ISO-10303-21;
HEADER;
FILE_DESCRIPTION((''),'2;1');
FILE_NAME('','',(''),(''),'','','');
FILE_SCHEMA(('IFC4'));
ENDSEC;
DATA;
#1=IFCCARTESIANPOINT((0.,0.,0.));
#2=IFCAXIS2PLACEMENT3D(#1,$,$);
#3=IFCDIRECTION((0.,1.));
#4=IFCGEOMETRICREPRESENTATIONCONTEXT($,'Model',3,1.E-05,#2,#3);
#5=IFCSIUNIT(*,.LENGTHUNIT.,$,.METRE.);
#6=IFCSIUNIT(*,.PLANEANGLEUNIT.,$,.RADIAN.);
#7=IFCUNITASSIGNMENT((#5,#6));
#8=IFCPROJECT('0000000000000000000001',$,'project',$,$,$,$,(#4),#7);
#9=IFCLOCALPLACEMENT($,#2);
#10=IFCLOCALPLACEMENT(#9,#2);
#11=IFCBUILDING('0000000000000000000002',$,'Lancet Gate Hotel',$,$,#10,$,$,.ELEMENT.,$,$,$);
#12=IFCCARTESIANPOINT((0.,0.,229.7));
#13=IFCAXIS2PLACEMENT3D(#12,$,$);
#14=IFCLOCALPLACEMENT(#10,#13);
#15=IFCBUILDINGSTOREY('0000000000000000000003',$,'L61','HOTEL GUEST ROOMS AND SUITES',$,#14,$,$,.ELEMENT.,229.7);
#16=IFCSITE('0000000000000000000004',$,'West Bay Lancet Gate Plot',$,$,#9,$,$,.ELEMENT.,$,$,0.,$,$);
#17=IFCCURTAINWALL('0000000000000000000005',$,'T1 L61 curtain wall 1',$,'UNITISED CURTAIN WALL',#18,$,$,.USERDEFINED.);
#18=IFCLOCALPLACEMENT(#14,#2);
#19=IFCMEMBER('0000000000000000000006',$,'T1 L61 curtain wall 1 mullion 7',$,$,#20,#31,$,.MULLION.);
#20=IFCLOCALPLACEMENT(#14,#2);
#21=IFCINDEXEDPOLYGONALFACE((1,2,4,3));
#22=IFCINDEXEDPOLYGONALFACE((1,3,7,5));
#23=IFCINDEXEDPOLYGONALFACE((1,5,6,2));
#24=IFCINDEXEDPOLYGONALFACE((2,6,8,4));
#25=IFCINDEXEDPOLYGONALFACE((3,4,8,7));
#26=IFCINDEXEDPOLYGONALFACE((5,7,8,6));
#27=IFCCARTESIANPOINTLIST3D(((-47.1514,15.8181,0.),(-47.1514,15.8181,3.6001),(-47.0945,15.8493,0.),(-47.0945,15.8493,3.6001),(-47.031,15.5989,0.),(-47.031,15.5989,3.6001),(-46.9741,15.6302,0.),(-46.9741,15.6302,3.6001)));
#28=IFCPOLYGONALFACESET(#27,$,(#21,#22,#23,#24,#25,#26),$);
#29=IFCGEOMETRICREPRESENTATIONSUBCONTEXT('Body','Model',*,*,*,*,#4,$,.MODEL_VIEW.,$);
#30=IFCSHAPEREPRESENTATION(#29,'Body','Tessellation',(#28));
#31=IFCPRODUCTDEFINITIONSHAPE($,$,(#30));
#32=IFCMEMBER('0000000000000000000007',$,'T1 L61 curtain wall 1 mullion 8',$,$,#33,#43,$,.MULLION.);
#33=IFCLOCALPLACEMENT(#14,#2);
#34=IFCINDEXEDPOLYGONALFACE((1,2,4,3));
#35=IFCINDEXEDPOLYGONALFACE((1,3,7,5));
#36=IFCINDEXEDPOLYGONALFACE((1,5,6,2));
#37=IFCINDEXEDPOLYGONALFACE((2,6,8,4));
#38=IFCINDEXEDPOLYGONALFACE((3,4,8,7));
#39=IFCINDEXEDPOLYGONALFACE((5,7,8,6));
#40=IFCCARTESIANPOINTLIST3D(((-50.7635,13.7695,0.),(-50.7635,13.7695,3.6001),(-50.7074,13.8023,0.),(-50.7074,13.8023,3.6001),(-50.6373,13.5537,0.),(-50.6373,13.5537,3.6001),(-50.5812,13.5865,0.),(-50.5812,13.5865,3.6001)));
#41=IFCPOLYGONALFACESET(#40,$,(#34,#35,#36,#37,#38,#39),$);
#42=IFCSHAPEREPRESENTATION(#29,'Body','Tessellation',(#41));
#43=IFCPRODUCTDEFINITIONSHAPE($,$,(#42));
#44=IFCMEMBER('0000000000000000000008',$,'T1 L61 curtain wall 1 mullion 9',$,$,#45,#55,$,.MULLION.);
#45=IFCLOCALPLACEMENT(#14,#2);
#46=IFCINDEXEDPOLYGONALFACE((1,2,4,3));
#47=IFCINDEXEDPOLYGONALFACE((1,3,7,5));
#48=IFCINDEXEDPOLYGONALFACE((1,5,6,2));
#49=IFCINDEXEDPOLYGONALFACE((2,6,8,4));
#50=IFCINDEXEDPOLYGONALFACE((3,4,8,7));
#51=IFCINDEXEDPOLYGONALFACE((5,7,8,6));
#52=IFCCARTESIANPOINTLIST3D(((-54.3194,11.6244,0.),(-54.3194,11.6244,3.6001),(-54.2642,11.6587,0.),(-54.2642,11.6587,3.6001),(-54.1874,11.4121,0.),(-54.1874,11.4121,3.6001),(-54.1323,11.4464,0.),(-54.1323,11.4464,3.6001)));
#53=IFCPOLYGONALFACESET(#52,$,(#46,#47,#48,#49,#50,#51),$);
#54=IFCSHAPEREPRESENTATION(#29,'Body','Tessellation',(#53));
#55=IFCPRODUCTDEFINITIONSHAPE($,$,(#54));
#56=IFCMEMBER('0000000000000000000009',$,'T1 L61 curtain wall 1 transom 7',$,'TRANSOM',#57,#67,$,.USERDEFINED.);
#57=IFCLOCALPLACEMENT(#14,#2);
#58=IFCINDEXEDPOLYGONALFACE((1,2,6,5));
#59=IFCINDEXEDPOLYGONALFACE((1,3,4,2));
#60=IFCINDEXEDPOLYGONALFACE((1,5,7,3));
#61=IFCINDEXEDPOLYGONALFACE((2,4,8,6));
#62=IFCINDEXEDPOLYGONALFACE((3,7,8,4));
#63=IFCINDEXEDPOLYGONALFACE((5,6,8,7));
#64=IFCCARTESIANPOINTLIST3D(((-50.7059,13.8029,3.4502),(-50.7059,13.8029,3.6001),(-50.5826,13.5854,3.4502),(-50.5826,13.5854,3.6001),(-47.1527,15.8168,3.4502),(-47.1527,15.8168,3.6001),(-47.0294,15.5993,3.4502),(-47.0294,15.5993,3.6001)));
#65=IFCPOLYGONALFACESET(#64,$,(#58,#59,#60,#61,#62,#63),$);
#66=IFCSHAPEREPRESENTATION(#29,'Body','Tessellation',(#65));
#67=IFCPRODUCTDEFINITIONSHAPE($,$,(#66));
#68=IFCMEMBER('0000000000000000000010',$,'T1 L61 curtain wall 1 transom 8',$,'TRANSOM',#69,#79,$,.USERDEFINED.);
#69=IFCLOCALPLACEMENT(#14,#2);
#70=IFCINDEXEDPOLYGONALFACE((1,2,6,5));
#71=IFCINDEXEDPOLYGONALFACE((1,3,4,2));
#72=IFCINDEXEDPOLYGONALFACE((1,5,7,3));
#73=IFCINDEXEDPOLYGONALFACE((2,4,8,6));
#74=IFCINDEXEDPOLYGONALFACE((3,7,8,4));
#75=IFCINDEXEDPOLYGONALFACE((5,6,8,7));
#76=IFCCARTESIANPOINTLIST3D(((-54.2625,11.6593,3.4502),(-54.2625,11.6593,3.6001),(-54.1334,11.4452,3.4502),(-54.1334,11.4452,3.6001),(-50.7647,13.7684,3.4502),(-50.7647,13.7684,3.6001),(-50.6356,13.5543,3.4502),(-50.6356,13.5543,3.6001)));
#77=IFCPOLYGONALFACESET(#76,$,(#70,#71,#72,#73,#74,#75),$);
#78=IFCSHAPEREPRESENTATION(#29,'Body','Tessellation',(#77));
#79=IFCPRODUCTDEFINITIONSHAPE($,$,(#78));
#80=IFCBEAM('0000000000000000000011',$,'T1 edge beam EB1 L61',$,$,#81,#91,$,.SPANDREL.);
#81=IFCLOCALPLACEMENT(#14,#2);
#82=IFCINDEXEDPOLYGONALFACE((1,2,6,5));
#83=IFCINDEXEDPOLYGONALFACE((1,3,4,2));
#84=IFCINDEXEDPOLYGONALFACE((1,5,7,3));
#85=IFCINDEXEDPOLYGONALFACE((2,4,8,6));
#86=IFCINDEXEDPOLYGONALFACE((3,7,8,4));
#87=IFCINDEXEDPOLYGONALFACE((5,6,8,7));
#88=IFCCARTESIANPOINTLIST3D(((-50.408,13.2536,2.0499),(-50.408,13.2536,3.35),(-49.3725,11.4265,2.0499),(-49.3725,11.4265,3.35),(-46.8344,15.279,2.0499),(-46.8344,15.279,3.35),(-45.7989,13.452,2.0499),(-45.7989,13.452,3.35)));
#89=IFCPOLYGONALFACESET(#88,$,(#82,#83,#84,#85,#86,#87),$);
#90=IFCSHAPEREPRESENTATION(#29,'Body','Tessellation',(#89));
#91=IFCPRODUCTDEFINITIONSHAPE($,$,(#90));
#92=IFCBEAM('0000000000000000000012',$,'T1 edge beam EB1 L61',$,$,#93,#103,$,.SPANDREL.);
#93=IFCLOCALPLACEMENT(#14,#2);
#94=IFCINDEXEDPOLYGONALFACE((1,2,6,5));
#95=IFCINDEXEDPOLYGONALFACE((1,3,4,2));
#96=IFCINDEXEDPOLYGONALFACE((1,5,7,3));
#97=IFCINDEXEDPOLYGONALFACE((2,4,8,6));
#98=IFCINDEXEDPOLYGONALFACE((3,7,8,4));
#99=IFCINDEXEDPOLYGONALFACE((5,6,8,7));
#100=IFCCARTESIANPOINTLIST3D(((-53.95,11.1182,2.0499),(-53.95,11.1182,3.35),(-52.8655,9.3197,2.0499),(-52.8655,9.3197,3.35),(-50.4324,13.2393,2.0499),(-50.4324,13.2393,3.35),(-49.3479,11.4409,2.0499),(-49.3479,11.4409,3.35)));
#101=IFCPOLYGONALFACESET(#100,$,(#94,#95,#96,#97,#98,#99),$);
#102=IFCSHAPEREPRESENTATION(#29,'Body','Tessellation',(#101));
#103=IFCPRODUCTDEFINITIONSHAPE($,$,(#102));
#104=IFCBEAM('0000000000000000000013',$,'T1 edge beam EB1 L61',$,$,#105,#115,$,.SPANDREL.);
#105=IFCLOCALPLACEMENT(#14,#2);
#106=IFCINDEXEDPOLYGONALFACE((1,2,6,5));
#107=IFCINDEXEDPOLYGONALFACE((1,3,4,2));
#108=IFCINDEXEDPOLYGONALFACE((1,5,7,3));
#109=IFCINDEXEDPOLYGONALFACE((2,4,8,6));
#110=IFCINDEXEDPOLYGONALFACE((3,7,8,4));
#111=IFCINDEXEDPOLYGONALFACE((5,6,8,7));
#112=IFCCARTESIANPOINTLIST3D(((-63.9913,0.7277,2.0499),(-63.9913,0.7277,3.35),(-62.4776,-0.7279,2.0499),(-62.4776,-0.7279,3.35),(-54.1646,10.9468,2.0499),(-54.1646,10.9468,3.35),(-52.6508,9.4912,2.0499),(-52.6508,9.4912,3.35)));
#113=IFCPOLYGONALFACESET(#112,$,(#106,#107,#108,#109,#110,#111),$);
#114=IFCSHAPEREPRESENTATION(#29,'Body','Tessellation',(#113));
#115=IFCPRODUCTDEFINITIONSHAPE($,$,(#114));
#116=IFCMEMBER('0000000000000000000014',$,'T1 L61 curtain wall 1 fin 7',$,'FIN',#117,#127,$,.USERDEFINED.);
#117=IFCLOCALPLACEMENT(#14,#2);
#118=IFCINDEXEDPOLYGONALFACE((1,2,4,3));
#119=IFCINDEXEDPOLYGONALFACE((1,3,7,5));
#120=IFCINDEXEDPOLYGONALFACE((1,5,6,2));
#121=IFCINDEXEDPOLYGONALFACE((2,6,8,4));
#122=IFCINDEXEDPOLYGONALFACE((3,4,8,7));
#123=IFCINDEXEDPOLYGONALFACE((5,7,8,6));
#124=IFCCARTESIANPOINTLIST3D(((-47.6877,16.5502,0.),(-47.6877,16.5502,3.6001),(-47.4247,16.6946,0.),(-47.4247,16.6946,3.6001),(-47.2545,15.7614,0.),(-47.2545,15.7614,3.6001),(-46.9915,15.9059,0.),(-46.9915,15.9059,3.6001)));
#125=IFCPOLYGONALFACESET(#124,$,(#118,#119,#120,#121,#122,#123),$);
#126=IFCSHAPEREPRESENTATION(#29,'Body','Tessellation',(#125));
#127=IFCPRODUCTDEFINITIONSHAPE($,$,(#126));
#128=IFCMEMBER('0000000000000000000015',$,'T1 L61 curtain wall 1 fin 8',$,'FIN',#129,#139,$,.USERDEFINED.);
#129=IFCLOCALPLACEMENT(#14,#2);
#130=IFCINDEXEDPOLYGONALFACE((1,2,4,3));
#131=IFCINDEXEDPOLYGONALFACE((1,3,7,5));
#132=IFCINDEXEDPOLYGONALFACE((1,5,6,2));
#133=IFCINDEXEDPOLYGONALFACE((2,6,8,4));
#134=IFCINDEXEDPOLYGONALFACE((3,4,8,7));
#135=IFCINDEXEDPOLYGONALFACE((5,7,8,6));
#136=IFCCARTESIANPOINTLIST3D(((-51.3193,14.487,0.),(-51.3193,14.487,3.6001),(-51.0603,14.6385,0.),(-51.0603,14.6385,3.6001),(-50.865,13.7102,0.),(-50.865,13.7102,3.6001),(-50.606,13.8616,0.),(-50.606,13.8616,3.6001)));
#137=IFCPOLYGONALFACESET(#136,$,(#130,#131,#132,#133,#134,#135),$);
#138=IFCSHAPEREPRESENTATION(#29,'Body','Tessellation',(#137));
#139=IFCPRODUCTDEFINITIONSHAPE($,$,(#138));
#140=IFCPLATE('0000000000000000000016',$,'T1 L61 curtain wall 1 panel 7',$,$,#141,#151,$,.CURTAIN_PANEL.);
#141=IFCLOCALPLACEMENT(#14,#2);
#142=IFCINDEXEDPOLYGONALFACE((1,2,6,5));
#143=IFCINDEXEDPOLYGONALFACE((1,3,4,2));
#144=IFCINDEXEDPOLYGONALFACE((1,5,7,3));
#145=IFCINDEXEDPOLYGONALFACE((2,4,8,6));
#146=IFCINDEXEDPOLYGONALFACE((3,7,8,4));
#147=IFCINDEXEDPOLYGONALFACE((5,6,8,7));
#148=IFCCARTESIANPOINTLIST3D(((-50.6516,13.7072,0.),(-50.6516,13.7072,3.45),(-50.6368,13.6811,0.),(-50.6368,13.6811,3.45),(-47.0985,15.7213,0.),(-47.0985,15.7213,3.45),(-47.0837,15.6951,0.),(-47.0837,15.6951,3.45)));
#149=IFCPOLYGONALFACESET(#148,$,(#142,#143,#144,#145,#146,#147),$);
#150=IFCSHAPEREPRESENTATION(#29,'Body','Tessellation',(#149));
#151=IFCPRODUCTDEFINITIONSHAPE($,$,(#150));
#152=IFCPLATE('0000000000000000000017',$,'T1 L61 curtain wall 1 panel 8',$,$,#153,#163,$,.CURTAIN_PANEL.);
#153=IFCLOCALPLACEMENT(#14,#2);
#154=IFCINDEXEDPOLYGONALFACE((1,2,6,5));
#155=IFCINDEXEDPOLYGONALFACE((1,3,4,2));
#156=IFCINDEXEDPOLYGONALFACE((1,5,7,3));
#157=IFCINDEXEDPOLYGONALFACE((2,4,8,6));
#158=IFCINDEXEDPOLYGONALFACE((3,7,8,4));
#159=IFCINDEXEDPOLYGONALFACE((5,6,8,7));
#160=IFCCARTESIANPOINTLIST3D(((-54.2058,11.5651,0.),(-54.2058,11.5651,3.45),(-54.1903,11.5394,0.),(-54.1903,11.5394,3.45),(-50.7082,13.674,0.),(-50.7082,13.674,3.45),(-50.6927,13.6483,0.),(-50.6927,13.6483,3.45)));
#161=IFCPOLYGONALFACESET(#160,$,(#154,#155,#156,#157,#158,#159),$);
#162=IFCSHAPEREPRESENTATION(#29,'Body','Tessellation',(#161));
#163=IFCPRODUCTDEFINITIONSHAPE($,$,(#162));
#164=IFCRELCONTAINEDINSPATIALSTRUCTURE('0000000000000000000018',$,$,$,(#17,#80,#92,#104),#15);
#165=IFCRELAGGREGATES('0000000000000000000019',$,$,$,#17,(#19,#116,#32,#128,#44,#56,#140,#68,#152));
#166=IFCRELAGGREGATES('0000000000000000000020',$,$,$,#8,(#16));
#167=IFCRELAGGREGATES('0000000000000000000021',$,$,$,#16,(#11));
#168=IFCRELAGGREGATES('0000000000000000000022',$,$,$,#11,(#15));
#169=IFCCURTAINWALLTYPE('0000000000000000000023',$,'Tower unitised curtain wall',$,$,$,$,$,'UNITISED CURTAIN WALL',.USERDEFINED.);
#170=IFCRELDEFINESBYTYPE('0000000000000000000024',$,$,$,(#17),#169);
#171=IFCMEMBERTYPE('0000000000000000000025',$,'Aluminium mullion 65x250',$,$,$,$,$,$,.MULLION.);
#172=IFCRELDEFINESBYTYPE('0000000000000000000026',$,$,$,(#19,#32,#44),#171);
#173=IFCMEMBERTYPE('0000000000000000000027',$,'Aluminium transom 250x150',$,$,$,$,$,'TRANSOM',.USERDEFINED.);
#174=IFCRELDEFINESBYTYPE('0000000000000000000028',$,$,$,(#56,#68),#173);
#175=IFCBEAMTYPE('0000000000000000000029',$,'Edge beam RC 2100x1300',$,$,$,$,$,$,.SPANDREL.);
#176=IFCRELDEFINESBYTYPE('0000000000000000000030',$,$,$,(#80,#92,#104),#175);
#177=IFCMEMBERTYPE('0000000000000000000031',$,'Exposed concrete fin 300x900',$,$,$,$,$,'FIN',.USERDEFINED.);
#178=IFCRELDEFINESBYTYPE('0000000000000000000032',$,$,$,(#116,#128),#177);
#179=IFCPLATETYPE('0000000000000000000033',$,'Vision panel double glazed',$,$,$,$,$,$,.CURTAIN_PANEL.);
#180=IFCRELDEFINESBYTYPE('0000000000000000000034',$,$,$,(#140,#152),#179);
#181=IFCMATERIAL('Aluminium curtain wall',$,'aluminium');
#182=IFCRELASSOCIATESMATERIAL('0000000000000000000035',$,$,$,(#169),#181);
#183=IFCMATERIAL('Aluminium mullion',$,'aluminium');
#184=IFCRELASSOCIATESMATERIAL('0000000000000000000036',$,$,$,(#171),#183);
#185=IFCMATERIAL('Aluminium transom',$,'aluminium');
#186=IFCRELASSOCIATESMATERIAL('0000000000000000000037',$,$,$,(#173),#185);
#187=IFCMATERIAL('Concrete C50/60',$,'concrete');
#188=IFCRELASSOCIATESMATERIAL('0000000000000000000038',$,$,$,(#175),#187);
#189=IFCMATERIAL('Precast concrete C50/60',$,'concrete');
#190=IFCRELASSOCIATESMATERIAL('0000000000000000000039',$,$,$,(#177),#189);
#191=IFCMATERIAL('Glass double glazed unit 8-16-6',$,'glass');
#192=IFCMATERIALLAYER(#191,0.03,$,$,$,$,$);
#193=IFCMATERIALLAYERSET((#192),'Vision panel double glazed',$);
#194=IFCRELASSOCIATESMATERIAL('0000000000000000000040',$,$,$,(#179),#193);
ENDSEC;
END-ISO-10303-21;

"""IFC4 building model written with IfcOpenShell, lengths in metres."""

from ifc_helpers import new_model, si_unit, direction, frame, origin, origin_2d, place, context, subcontext, project, spatial, rectangle, extrude, material, layer, layer_set, material_profile, profile_set, type_object, element, aggregate, save


model = new_model("IFC4")

# Units and contexts
model_context = context("Model", 3, precision=1e-05, world=origin(), true_north=direction((0.0, 1.0)))
body_context = subcontext(model_context, "Body", "Model", "MODEL_VIEW")
ifc_project = project(units=[si_unit("LENGTHUNIT", "METRE"), si_unit("PLANEANGLEUNIT", "RADIAN")], contexts=[model_context])

# Site, building, storey
site_placement = place(None, origin())
site = spatial("IfcSite", under=ifc_project, at=site_placement, Name="West Bay Lancet Gate Plot", CompositionType="ELEMENT", RefElevation=0.0)
building_placement = place(site_placement, origin())
building = spatial("IfcBuilding", under=site, at=building_placement, Name="Lancet Gate Hotel", CompositionType="ELEMENT")
storey_placement = place(building_placement, frame((0.0, 0.0, 229.7)))
storey = spatial("IfcBuildingStorey", under=building, at=storey_placement, Name="L61", Description="HOTEL GUEST ROOMS AND SUITES", CompositionType="ELEMENT", Elevation=229.7)

# Curtain wall, members
ifc_material_1 = material(Name="Aluminium curtain wall", Category="aluminium")
curtain_wall_type = type_object("IfcCurtainWallType", Name="Tower unitised curtain wall", ElementType="UNITISED CURTAIN WALL", PredefinedType="USERDEFINED", material=ifc_material_1)
curtain_wall_placement = place(storey_placement, origin())
curtain_wall = element("IfcCurtainWall", 1, at=curtain_wall_placement, inside=storey, type_object=curtain_wall_type, Name="T1 L61 curtain wall 1", ObjectType="UNITISED CURTAIN WALL", PredefinedType="USERDEFINED")
ifc_material_2 = material(Name="Aluminium mullion", Category="aluminium")
ifc_material_profile_1 = material_profile(ifc_material_2, rectangle(XDim=0.0649, YDim=0.25, at=origin_2d()), Name="MULLION 65x250")
ifc_profile_set_1 = profile_set([ifc_material_profile_1], Name="Aluminium mullion")
member_type_1 = type_object("IfcMemberType", Name="Aluminium mullion 65x250", PredefinedType="MULLION", material=ifc_profile_set_1)
member_1_placement = place(storey_placement, frame((-47.0627, 15.7241, 0.0), z_axis=(0.0, 0.0, 1.0), x_axis=(-0.876516, -0.481372, 0.0)))
member_1 = element("IfcMember", 2, at=member_1_placement, type_object=member_type_1, Name="T1 L61 curtain wall 1 mullion 7", PredefinedType="MULLION", context=body_context, shape_type="SweptSolid", body=[
    extrude(rectangle(XDim=0.0649, YDim=0.25, at=origin_2d()), origin(), (0.0, 0.0, 1.0), 3.6001),
])
member_2_placement = place(storey_placement, frame((-50.6724, 13.678, 0.0), z_axis=(0.0, 0.0, 1.0), x_axis=(-0.863242, -0.50479, 0.0)))
member_2 = element("IfcMember", 3, at=member_2_placement, type_object=member_type_1, Name="T1 L61 curtain wall 1 mullion 8", PredefinedType="MULLION", context=body_context, shape_type="SweptSolid", body=[
    extrude(rectangle(XDim=0.0649, YDim=0.25, at=origin_2d()), origin(), (0.0, 0.0, 1.0), 3.6001),
])
member_3_placement = place(storey_placement, frame((-54.2258, 11.5354, 0.0), z_axis=(0.0, 0.0, 1.0), x_axis=(-0.849342, -0.527842, 0.0)))
member_3 = element("IfcMember", 4, at=member_3_placement, type_object=member_type_1, Name="T1 L61 curtain wall 1 mullion 9", PredefinedType="MULLION", context=body_context, shape_type="SweptSolid", body=[
    extrude(rectangle(XDim=0.0649, YDim=0.25, at=origin_2d()), origin(), (0.0, 0.0, 1.0), 3.6001),
])
ifc_material_3 = material(Name="Aluminium transom", Category="aluminium")
ifc_material_profile_2 = material_profile(ifc_material_3, rectangle(XDim=0.25, YDim=0.1499, at=origin_2d()), Name="TRANSOM 250x150")
ifc_profile_set_2 = profile_set([ifc_material_profile_2], Name="Aluminium transom")
member_type_2 = type_object("IfcMemberType", Name="Aluminium transom 250x150", ElementType="TRANSOM", PredefinedType="USERDEFINED", material=ifc_profile_set_2)
member_4_placement = place(storey_placement, frame((-47.0911, 15.708, 3.5251), z_axis=(-0.869978, -0.493091, 0.0), x_axis=(0.493091, -0.869978, 0.0)))
member_4 = element("IfcMember", 5, at=member_4_placement, type_object=member_type_2, Name="T1 L61 curtain wall 1 transom 7", ObjectType="TRANSOM", PredefinedType="USERDEFINED", context=body_context, shape_type="SweptSolid", body=[
    extrude(rectangle(XDim=0.25, YDim=0.1499, at=origin_2d()), origin(), (0.0, 0.0, 1.0), 4.0842),
])
member_5_placement = place(storey_placement, frame((-50.7002, 13.6614, 3.5251), z_axis=(-0.856362, -0.516376, 0.0), x_axis=(0.516376, -0.856362, 0.0)))
member_5 = element("IfcMember", 6, at=member_5_placement, type_object=member_type_2, Name="T1 L61 curtain wall 1 transom 8", ObjectType="TRANSOM", PredefinedType="USERDEFINED", context=body_context, shape_type="SweptSolid", body=[
    extrude(rectangle(XDim=0.25, YDim=0.1499, at=origin_2d()), origin(), (0.0, 0.0, 1.0), 4.0845),
])

# Beams
ifc_material_4 = material(Name="Concrete C50/60", Category="concrete")
ifc_material_profile_3 = material_profile(ifc_material_4, rectangle(XDim=2.1001, YDim=1.3, at=origin_2d()), Name="RC 2100x1300")
ifc_profile_set_3 = profile_set([ifc_material_profile_3], Name="Concrete C50/60")
beam_type = type_object("IfcBeamType", Name="Edge beam RC 2100x1300", PredefinedType="SPANDREL", material=ifc_profile_set_3)
for number, where, z_axis, x_axis, name in (
    (7, (-46.3167, 14.3655, 2.7), (-0.869979, -0.493089, 0.0), (0.493089, -0.869979, 0.0), "T1 edge beam EB1 L61"),
    (8, (-49.8901, 12.3401, 2.7), (-0.856358, -0.516382, 0.0), (0.516382, -0.856358, 0.0), "T1 edge beam EB1 L61"),
):
    element("IfcBeam", number, at=place(storey_placement, frame(where, z_axis=z_axis, x_axis=x_axis)), inside=storey, type_object=beam_type, Name=name, PredefinedType="SPANDREL", context=body_context, shape_type="SweptSolid", body=[
        extrude(rectangle(XDim=2.1001, YDim=1.3, at=origin_2d()), origin(), (0.0, 0.0, 1.0), 4.1077),
    ])
beam_placement = place(storey_placement, frame((-53.4077, 10.219, 2.7), z_axis=(-0.693135, -0.720808, 0.0), x_axis=(0.720808, -0.693135, 0.0)))
element("IfcBeam", 9, at=beam_placement, inside=storey, type_object=beam_type, Name="T1 edge beam EB1 L61", PredefinedType="SPANDREL", context=body_context, shape_type="SweptSolid", body=[
    extrude(rectangle(XDim=2.1001, YDim=1.3, at=origin_2d()), origin(), (0.0, 0.0, 1.0), 14.1772),
])

# Members
ifc_material_5 = material(Name="Precast concrete C50/60", Category="concrete")
ifc_material_profile_4 = material_profile(ifc_material_5, rectangle(XDim=0.3, YDim=0.8999, at=origin_2d()), Name="FIN 300x900")
ifc_profile_set_4 = profile_set([ifc_material_profile_4], Name="Precast concrete C50/60")
member_type_3 = type_object("IfcMemberType", Name="Exposed concrete fin 300x900", ElementType="FIN", PredefinedType="USERDEFINED", material=ifc_profile_set_4)
member_6_placement = place(storey_placement, frame((-47.3396, 16.228, 0.0), z_axis=(0.0, 0.0, 1.0), x_axis=(-0.876516, -0.481372, 0.0)))
member_6 = element("IfcMember", 10, at=member_6_placement, type_object=member_type_3, Name="T1 L61 curtain wall 1 fin 7", ObjectType="FIN", PredefinedType="USERDEFINED", context=body_context, shape_type="SweptSolid", body=[
    extrude(rectangle(XDim=0.3, YDim=0.8999, at=origin_2d()), origin(), (0.0, 0.0, 1.0), 3.6001),
])
member_7_placement = place(storey_placement, frame((-50.9626, 14.1743, 0.0), z_axis=(0.0, 0.0, 1.0), x_axis=(-0.863242, -0.50479, 0.0)))
member_7 = element("IfcMember", 11, at=member_7_placement, type_object=member_type_3, Name="T1 L61 curtain wall 1 fin 8", ObjectType="FIN", PredefinedType="USERDEFINED", context=body_context, shape_type="SweptSolid", body=[
    extrude(rectangle(XDim=0.3, YDim=0.8999, at=origin_2d()), origin(), (0.0, 0.0, 1.0), 3.6001),
])

# Plates
ifc_material_6 = material(Name="Glass double glazed unit 8-16-6", Category="glass")
ifc_layer_1 = layer(ifc_material_6, 0.03)
ifc_layer_set_1 = layer_set([ifc_layer_1], Name="Vision panel double glazed")
plate_type = type_object("IfcPlateType", Name="Vision panel double glazed", PredefinedType="CURTAIN_PANEL", material=ifc_layer_set_1)
plate_1_placement = place(storey_placement, frame((-48.8677, 14.7012, 0.0), z_axis=(0.0, 0.0, 1.0), x_axis=(-0.869958, -0.493126, 0.0)))
plate_1 = element("IfcPlate", 12, at=plate_1_placement, type_object=plate_type, Name="T1 L61 curtain wall 1 panel 7", PredefinedType="CURTAIN_PANEL", context=body_context, shape_type="SweptSolid", body=[
    extrude(rectangle(XDim=4.0842, YDim=0.03, at=origin_2d()), origin(), (0.0, 0.0, 1.0), 3.45),
])
plate_2_placement = place(storey_placement, frame((-52.4492, 12.6067, 0.0), z_axis=(0.0, 0.0, 1.0), x_axis=(-0.85637, -0.516363, 0.0)))
plate_2 = element("IfcPlate", 13, at=plate_2_placement, type_object=plate_type, Name="T1 L61 curtain wall 1 panel 8", PredefinedType="CURTAIN_PANEL", context=body_context, shape_type="SweptSolid", body=[
    extrude(rectangle(XDim=4.0842, YDim=0.03, at=origin_2d()), origin(), (0.0, 0.0, 1.0), 3.45),
])
aggregate(curtain_wall, [member_1, member_6, member_2, member_7, member_3, member_4, plate_1, member_5, plate_2])

save(model, "model.ifc")
